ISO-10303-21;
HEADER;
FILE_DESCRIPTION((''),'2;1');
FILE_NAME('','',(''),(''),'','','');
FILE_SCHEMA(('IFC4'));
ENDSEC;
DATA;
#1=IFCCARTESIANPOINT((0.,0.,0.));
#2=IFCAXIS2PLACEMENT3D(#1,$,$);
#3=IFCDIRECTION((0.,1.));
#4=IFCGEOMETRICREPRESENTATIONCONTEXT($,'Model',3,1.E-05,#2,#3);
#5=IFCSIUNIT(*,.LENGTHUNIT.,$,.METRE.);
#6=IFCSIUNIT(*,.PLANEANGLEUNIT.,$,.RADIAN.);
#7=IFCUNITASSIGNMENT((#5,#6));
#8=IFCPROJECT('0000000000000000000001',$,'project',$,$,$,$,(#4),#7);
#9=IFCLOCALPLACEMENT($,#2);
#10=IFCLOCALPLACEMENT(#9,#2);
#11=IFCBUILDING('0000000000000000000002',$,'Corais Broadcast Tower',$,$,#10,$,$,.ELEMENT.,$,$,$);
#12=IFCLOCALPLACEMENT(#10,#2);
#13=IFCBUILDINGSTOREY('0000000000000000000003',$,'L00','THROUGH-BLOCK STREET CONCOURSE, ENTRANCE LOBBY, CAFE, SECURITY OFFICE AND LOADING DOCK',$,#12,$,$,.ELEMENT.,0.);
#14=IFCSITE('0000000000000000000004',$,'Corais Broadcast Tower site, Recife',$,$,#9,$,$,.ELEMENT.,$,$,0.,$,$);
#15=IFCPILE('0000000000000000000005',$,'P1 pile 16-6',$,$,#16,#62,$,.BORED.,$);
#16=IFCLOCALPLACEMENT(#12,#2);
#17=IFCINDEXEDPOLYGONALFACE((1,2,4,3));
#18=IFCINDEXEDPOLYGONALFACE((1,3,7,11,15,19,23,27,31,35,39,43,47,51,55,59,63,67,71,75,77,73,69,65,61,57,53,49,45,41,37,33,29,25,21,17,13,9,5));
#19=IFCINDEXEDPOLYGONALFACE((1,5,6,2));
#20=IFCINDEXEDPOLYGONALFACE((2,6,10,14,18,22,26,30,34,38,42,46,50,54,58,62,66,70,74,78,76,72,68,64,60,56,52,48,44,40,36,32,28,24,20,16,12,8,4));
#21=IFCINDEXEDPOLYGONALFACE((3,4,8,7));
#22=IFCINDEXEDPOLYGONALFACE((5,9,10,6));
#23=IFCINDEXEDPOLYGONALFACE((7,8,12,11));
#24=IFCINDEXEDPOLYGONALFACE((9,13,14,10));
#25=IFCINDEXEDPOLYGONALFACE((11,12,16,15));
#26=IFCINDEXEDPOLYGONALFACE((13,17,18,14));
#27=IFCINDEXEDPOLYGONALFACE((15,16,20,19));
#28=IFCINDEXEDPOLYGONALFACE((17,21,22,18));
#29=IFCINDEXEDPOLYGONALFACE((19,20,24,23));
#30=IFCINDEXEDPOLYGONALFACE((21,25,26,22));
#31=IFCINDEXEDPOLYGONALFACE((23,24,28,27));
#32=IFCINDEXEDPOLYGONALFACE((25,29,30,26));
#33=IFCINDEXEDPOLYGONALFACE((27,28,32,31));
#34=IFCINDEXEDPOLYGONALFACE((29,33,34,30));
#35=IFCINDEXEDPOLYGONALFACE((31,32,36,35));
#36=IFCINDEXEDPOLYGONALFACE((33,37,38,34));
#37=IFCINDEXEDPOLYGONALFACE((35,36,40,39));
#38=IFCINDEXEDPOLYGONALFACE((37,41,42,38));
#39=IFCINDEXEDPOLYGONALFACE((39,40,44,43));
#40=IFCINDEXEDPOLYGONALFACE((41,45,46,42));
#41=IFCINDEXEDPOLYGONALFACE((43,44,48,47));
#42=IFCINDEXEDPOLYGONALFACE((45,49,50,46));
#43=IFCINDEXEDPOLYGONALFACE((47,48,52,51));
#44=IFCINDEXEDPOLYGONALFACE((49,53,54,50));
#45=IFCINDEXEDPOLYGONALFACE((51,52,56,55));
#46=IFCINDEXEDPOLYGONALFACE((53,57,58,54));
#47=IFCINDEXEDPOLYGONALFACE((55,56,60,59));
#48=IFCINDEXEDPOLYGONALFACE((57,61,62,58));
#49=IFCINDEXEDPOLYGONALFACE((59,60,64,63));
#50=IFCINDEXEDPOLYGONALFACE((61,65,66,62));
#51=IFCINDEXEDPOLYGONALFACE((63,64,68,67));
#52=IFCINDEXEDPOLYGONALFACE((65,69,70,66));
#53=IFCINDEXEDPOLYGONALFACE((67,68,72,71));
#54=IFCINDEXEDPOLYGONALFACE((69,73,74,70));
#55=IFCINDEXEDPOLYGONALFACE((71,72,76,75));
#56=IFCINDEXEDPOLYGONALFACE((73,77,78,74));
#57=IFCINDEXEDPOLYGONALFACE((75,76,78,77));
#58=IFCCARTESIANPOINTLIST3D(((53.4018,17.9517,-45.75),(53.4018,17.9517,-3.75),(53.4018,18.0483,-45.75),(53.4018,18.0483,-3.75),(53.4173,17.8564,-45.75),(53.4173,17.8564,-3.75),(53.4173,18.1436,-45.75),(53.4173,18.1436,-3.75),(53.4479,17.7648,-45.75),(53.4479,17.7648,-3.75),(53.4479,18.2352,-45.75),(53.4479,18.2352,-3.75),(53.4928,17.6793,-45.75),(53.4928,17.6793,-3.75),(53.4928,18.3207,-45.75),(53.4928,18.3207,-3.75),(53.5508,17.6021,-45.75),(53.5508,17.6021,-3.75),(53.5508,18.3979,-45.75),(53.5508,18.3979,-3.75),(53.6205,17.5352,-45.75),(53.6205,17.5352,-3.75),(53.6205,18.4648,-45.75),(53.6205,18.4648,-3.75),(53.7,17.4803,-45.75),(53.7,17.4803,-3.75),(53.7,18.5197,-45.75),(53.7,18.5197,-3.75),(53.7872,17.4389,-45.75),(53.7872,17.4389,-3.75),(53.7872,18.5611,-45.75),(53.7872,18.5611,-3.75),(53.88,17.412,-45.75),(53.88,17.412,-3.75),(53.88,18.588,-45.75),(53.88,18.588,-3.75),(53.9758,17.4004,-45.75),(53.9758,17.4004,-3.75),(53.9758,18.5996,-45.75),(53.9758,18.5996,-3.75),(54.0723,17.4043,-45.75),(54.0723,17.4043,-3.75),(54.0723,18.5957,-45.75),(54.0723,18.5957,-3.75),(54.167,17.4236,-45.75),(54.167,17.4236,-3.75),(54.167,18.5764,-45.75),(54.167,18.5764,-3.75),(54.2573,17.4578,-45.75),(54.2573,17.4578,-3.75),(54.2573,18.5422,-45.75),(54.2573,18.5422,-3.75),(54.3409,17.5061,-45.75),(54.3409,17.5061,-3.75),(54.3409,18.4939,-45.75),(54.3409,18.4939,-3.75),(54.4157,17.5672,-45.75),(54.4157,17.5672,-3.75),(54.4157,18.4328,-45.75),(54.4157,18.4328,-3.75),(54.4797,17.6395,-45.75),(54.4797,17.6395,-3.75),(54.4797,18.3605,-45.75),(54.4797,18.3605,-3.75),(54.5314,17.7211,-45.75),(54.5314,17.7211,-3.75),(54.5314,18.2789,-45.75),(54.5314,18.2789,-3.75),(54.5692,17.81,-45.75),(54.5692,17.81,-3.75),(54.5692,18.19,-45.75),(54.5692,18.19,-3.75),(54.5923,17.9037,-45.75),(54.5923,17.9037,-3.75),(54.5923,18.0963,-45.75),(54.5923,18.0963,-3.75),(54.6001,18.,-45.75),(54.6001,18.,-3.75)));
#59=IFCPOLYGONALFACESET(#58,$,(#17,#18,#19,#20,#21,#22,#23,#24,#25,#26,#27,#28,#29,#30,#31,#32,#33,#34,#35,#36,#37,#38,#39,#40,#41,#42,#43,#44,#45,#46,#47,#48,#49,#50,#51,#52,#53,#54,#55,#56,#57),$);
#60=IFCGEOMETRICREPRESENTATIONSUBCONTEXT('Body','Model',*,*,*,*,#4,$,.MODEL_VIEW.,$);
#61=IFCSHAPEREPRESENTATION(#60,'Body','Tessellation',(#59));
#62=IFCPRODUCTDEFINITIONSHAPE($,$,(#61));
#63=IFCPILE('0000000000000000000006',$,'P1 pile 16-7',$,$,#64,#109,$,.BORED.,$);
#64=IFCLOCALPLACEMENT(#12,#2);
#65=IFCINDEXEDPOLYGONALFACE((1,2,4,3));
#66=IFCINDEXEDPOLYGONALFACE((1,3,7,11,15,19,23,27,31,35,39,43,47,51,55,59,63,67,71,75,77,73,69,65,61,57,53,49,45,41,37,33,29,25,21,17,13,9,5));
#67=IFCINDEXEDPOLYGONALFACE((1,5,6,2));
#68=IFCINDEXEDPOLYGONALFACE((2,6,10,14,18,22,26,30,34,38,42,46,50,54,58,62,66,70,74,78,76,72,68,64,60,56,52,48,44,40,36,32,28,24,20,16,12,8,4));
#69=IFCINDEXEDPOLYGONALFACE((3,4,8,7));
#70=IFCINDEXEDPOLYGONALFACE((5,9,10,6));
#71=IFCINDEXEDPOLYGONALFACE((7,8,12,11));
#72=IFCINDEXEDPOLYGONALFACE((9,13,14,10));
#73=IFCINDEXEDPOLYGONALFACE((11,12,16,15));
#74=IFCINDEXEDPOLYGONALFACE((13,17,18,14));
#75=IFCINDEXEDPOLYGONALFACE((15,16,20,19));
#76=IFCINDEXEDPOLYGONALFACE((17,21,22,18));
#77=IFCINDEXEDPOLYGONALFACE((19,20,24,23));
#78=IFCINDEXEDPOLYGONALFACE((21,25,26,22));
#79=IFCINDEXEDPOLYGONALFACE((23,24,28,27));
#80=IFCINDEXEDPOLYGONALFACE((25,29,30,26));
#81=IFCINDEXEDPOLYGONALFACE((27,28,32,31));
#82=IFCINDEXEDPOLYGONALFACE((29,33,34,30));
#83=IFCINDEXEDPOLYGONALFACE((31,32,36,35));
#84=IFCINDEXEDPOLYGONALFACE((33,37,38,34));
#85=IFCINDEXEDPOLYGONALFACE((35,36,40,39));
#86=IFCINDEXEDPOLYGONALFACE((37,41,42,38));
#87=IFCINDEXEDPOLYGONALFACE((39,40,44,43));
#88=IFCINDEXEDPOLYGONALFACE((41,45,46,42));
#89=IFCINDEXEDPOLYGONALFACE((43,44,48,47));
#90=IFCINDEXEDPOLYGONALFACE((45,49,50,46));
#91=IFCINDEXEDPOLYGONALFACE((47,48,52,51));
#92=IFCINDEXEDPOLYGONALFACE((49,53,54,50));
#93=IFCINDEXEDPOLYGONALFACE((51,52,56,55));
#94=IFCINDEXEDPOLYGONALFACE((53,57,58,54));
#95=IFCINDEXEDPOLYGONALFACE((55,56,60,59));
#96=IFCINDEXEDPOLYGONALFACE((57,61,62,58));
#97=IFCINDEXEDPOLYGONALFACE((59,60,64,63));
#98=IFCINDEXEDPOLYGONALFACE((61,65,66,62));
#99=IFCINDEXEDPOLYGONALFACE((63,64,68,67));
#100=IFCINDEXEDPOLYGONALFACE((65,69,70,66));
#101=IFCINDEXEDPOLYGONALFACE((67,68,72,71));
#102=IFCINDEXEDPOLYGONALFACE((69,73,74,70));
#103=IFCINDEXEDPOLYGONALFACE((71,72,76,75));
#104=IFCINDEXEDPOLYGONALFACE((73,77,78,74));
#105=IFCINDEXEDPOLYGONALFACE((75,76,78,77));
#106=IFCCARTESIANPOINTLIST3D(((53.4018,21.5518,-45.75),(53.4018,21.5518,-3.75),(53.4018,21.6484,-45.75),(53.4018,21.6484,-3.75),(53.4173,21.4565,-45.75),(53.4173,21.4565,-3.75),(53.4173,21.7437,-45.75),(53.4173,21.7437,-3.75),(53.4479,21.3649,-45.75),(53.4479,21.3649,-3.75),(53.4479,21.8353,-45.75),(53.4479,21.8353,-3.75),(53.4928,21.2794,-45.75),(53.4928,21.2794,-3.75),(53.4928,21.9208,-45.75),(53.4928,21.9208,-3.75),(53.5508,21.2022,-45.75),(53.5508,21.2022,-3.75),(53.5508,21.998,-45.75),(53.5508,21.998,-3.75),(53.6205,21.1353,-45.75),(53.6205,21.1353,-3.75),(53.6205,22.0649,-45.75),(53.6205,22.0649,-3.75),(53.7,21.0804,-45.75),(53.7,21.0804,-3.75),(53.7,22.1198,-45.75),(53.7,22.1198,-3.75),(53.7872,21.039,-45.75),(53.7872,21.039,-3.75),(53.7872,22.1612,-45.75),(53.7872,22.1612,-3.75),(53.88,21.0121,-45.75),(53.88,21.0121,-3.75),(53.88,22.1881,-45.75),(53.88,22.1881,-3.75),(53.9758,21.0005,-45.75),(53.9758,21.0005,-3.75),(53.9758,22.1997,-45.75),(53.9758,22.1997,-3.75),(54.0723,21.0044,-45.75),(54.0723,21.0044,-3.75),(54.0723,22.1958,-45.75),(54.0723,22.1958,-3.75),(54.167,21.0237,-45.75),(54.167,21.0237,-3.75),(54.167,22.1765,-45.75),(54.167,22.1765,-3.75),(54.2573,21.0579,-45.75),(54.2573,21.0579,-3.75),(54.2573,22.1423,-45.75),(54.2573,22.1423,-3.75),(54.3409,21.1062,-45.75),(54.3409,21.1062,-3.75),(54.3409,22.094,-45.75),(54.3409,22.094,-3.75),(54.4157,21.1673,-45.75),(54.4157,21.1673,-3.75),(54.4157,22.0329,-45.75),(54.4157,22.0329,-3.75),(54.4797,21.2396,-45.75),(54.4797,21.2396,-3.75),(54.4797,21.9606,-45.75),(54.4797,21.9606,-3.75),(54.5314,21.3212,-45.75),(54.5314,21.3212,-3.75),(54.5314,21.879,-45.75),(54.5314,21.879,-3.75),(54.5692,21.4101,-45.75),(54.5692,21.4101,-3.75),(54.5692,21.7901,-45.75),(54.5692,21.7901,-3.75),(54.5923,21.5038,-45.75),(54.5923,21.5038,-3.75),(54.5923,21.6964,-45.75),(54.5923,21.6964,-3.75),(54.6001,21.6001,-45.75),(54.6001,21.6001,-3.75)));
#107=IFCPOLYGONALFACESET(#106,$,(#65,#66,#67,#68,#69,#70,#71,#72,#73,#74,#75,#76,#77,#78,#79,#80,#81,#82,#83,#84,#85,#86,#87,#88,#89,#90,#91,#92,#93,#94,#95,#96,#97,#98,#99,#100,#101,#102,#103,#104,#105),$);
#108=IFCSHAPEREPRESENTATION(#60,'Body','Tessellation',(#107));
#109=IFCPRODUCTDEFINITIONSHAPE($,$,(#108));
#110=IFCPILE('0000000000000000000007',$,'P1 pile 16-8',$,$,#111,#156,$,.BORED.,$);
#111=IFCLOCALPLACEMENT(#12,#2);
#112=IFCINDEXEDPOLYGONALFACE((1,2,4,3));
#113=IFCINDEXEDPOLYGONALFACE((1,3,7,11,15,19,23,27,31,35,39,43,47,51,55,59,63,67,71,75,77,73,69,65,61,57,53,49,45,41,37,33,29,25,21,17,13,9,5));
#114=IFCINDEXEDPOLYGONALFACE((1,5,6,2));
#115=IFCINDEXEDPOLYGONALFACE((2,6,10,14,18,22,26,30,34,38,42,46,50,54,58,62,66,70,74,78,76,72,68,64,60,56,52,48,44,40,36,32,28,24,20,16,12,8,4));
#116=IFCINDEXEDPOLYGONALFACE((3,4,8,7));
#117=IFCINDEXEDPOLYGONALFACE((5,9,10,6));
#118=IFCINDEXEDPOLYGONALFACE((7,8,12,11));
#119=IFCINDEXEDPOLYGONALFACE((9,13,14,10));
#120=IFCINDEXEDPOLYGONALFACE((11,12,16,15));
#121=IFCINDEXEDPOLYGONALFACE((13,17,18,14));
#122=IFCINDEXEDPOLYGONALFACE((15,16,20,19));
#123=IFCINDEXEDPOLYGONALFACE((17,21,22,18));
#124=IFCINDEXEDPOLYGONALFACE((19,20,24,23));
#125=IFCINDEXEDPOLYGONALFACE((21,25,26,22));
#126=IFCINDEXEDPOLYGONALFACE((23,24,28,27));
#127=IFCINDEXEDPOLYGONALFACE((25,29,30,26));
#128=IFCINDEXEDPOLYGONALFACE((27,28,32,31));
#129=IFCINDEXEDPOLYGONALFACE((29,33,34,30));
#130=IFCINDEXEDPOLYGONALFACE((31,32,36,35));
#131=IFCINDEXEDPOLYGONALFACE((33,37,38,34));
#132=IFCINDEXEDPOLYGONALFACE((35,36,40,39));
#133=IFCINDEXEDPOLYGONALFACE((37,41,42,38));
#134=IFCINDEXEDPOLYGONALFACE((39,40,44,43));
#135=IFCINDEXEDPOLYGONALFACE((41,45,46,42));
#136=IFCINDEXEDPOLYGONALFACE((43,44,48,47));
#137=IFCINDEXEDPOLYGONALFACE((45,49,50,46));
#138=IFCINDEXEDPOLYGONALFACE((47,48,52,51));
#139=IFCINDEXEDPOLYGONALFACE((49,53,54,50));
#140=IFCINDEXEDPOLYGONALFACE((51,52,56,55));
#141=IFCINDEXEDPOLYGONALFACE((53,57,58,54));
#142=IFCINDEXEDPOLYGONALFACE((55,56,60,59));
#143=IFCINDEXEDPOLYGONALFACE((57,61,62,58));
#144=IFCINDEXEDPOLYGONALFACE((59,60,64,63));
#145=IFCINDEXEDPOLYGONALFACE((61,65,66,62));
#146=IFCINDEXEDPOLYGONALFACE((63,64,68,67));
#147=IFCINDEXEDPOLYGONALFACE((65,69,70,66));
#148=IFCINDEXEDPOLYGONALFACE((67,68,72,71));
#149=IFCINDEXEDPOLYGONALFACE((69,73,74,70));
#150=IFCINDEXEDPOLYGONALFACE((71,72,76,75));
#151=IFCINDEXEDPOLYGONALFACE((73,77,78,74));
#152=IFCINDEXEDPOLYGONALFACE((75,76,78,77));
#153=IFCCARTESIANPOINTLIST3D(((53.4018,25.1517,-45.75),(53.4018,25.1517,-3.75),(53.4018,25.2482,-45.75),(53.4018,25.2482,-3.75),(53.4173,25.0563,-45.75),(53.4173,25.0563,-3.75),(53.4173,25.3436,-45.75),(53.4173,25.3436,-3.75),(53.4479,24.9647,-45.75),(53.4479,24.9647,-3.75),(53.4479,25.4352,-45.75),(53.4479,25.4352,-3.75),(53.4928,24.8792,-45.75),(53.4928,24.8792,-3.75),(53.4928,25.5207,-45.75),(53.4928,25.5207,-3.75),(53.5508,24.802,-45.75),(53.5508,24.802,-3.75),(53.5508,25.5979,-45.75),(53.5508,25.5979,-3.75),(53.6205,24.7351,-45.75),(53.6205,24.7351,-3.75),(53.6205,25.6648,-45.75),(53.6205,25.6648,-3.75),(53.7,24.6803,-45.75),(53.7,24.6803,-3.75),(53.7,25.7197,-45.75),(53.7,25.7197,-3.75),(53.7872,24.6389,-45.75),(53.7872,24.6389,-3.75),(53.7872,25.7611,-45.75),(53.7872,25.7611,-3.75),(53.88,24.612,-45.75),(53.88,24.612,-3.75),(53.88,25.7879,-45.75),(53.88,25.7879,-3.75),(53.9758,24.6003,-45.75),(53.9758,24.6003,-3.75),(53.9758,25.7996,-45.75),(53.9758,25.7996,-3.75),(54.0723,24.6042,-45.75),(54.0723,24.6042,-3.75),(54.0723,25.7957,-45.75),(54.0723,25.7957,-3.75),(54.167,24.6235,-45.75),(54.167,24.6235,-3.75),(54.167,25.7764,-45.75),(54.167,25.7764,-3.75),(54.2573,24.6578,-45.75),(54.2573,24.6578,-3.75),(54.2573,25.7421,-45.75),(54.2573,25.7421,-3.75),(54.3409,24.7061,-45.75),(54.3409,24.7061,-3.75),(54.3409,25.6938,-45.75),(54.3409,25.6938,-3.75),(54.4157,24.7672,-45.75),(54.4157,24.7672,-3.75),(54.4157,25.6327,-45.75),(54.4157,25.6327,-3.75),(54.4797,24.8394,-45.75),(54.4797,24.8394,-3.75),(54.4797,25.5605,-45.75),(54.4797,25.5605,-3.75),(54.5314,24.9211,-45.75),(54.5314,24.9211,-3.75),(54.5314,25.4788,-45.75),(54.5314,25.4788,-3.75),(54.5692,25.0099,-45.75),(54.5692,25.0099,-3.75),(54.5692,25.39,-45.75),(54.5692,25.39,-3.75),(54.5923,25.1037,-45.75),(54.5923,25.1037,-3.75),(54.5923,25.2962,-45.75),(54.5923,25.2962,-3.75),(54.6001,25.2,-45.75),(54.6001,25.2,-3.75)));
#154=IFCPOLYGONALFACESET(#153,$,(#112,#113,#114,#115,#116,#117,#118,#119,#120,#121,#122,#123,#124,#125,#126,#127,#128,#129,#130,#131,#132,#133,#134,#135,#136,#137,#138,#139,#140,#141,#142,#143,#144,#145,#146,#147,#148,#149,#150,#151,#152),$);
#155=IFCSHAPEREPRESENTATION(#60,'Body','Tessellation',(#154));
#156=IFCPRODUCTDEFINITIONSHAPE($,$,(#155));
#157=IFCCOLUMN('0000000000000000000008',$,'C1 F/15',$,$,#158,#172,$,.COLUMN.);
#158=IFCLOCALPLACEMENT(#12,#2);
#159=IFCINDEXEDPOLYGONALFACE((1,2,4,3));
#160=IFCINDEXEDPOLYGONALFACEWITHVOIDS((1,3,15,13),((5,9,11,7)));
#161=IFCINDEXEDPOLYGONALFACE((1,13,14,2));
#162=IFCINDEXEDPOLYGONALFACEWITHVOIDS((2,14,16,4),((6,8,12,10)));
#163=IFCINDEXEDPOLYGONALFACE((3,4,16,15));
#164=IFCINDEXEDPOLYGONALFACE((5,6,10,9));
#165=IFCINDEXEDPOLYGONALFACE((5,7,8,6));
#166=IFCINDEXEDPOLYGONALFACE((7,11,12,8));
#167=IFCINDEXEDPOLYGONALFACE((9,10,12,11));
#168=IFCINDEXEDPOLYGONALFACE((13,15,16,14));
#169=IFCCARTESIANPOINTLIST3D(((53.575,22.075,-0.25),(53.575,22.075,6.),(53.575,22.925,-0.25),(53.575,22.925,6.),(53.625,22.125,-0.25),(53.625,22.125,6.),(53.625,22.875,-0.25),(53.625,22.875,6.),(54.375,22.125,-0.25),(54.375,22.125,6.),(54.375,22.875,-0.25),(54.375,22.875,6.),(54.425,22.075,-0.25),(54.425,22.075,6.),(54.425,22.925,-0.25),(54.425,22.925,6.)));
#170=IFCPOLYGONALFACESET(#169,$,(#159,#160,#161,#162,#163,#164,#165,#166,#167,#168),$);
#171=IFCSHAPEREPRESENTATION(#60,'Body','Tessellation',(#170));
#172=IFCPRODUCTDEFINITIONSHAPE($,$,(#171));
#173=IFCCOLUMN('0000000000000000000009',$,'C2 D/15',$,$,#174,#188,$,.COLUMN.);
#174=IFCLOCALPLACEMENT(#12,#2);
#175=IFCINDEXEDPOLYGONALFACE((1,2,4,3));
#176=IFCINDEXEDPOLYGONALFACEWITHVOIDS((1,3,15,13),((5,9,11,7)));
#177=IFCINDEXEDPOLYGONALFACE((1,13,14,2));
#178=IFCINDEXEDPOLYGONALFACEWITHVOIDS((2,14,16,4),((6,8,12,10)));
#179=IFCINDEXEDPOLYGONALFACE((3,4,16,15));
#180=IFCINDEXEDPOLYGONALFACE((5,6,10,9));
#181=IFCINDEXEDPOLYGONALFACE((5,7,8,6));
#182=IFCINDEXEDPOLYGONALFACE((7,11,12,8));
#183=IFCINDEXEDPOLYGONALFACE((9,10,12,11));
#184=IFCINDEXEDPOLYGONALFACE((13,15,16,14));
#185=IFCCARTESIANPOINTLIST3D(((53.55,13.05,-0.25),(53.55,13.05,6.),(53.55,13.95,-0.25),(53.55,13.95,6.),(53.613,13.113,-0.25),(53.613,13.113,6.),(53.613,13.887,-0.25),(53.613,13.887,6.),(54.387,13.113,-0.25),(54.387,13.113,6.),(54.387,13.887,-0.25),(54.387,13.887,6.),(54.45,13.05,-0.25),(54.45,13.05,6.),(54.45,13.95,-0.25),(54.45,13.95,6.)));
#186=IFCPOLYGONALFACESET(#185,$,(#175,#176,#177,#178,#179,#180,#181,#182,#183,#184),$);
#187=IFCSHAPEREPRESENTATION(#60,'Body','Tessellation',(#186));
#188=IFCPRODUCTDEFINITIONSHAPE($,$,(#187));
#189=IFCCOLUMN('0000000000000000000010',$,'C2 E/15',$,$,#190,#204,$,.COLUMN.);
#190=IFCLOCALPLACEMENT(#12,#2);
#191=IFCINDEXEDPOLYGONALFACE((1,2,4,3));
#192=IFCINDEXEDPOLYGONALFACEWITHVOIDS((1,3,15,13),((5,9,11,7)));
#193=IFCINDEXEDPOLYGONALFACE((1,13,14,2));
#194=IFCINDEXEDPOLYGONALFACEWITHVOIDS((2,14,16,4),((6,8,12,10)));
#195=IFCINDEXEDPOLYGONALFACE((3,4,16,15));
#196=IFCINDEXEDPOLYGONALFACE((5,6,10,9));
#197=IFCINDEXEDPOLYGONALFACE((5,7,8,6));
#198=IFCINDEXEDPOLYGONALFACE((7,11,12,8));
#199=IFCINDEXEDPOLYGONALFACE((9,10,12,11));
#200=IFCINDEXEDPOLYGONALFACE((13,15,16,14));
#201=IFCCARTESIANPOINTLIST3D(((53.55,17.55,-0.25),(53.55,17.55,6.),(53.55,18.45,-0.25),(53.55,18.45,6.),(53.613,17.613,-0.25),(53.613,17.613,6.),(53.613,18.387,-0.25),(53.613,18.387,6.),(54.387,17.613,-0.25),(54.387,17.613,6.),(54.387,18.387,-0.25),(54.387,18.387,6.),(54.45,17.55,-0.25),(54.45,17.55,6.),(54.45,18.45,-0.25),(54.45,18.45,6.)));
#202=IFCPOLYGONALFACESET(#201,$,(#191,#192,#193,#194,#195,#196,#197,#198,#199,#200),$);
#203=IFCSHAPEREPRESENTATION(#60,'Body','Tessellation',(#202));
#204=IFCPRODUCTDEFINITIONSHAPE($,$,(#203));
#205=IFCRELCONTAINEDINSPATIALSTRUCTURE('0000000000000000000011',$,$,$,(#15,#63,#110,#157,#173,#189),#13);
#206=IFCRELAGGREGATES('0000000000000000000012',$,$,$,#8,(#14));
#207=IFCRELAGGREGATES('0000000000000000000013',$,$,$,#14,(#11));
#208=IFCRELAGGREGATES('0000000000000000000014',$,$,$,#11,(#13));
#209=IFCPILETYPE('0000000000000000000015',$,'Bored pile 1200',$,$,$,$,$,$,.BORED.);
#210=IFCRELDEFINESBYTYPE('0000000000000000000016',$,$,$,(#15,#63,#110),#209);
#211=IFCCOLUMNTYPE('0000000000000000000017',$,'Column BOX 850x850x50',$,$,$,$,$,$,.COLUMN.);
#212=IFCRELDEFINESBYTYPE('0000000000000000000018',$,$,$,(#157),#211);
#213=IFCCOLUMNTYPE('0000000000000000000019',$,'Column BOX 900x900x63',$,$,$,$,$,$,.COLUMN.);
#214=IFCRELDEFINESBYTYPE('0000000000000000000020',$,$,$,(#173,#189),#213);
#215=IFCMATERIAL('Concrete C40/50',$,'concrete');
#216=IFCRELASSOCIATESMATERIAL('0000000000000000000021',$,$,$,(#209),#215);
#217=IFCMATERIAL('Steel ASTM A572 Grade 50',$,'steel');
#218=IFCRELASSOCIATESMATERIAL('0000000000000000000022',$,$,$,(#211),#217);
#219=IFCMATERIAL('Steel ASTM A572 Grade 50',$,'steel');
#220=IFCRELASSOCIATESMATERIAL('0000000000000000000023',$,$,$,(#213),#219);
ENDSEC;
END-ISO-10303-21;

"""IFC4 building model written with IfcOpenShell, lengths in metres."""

from ifc_helpers import new_model, si_unit, direction, frame, origin, origin_2d, place, context, subcontext, project, spatial, hollow_rectangle, circle, extrude, material, material_profile, profile_set, type_object, element, save


model = new_model("IFC4")

# Units and contexts
model_context = context("Model", 3, precision=1e-05, world=origin(), true_north=direction((0.0, 1.0)))
body_context = subcontext(model_context, "Body", "Model", "MODEL_VIEW")
ifc_project = project(units=[si_unit("LENGTHUNIT", "METRE"), si_unit("PLANEANGLEUNIT", "RADIAN")], contexts=[model_context])

# Site, building, storey
site_placement = place(None, origin())
site = spatial("IfcSite", under=ifc_project, at=site_placement, Name="Corais Broadcast Tower site, Recife", CompositionType="ELEMENT", RefElevation=0.0)
building_placement = place(site_placement, origin())
building = spatial("IfcBuilding", under=site, at=building_placement, Name="Corais Broadcast Tower", CompositionType="ELEMENT")
storey_placement = place(building_placement, origin())
storey = spatial("IfcBuildingStorey", under=building, at=storey_placement, Name="L00", Description="THROUGH-BLOCK STREET CONCOURSE, ENTRANCE LOBBY, CAFE, SECURITY OFFICE AND LOADING DOCK", CompositionType="ELEMENT", Elevation=0.0)

# Piles
ifc_material_1 = material(Name="Concrete C40/50", Category="concrete")
pile_type = type_object("IfcPileType", Name="Bored pile 1200", PredefinedType="BORED", material=ifc_material_1)
for number, where, z_axis, x_axis, name in (
    (1, (54.0, 18.0, -3.75), (0.0, 0.0, -1.0), (1.0, 0.0, 0.0), "P1 pile 16-6"),
    (2, (54.0, 21.6001, -3.75), (0.0, 0.0, -1.0), (1.0, 0.0, 0.0), "P1 pile 16-7"),
    (3, (54.0, 25.2, -3.75), (0.0, 0.0, -1.0), (1.0, 0.0, 0.0), "P1 pile 16-8"),
):
    element("IfcPile", number, at=place(storey_placement, frame(where, z_axis=z_axis, x_axis=x_axis)), inside=storey, type_object=pile_type, Name=name, PredefinedType="BORED", context=body_context, shape_type="SweptSolid", body=[
        extrude(circle(Radius=0.6001, at=origin_2d()), origin(), (0.0, 0.0, 1.0), 42.0),
    ])

# Columns
ifc_material_2 = material(Name="Steel ASTM A572 Grade 50", Category="steel")
ifc_material_profile_1 = material_profile(ifc_material_2, hollow_rectangle(XDim=0.8501, YDim=0.8501, WallThickness=0.05, at=origin_2d()), Name="BOX 850x850x50")
ifc_profile_set_1 = profile_set([ifc_material_profile_1], Name="Steel ASTM A572 Grade 50")
column_type_1 = type_object("IfcColumnType", Name="Column BOX 850x850x50", PredefinedType="COLUMN", material=ifc_profile_set_1)
column_placement = place(storey_placement, frame((54.0, 22.5, -0.25), z_axis=(0.0, 0.0, 1.0), x_axis=(1.0, 0.0, 0.0)))
element("IfcColumn", 4, at=column_placement, inside=storey, type_object=column_type_1, Name="C1 F/15", PredefinedType="COLUMN", context=body_context, shape_type="SweptSolid", body=[
    extrude(hollow_rectangle(XDim=0.8501, YDim=0.8501, WallThickness=0.05, at=origin_2d()), origin(), (0.0, 0.0, 1.0), 6.25),
])
ifc_material_3 = material(Name="Steel ASTM A572 Grade 50", Category="steel")
ifc_material_profile_2 = material_profile(ifc_material_3, hollow_rectangle(XDim=0.8999, YDim=0.8999, WallThickness=0.063, at=origin_2d()), Name="BOX 900x900x63")
ifc_profile_set_2 = profile_set([ifc_material_profile_2], Name="Steel ASTM A572 Grade 50")
column_type_2 = type_object("IfcColumnType", Name="Column BOX 900x900x63", PredefinedType="COLUMN", material=ifc_profile_set_2)
for number, where, z_axis, x_axis, name in (
    (5, (54.0, 13.5, -0.25), (0.0, 0.0, 1.0), (1.0, 0.0, 0.0), "C2 D/15"),
    (6, (54.0, 18.0, -0.25), (0.0, 0.0, 1.0), (1.0, 0.0, 0.0), "C2 E/15"),
):
    element("IfcColumn", number, at=place(storey_placement, frame(where, z_axis=z_axis, x_axis=x_axis)), inside=storey, type_object=column_type_2, Name=name, PredefinedType="COLUMN", context=body_context, shape_type="SweptSolid", body=[
        extrude(hollow_rectangle(XDim=0.8999, YDim=0.8999, WallThickness=0.063, at=origin_2d()), origin(), (0.0, 0.0, 1.0), 6.25),
    ])

save(model, "model.ifc")
